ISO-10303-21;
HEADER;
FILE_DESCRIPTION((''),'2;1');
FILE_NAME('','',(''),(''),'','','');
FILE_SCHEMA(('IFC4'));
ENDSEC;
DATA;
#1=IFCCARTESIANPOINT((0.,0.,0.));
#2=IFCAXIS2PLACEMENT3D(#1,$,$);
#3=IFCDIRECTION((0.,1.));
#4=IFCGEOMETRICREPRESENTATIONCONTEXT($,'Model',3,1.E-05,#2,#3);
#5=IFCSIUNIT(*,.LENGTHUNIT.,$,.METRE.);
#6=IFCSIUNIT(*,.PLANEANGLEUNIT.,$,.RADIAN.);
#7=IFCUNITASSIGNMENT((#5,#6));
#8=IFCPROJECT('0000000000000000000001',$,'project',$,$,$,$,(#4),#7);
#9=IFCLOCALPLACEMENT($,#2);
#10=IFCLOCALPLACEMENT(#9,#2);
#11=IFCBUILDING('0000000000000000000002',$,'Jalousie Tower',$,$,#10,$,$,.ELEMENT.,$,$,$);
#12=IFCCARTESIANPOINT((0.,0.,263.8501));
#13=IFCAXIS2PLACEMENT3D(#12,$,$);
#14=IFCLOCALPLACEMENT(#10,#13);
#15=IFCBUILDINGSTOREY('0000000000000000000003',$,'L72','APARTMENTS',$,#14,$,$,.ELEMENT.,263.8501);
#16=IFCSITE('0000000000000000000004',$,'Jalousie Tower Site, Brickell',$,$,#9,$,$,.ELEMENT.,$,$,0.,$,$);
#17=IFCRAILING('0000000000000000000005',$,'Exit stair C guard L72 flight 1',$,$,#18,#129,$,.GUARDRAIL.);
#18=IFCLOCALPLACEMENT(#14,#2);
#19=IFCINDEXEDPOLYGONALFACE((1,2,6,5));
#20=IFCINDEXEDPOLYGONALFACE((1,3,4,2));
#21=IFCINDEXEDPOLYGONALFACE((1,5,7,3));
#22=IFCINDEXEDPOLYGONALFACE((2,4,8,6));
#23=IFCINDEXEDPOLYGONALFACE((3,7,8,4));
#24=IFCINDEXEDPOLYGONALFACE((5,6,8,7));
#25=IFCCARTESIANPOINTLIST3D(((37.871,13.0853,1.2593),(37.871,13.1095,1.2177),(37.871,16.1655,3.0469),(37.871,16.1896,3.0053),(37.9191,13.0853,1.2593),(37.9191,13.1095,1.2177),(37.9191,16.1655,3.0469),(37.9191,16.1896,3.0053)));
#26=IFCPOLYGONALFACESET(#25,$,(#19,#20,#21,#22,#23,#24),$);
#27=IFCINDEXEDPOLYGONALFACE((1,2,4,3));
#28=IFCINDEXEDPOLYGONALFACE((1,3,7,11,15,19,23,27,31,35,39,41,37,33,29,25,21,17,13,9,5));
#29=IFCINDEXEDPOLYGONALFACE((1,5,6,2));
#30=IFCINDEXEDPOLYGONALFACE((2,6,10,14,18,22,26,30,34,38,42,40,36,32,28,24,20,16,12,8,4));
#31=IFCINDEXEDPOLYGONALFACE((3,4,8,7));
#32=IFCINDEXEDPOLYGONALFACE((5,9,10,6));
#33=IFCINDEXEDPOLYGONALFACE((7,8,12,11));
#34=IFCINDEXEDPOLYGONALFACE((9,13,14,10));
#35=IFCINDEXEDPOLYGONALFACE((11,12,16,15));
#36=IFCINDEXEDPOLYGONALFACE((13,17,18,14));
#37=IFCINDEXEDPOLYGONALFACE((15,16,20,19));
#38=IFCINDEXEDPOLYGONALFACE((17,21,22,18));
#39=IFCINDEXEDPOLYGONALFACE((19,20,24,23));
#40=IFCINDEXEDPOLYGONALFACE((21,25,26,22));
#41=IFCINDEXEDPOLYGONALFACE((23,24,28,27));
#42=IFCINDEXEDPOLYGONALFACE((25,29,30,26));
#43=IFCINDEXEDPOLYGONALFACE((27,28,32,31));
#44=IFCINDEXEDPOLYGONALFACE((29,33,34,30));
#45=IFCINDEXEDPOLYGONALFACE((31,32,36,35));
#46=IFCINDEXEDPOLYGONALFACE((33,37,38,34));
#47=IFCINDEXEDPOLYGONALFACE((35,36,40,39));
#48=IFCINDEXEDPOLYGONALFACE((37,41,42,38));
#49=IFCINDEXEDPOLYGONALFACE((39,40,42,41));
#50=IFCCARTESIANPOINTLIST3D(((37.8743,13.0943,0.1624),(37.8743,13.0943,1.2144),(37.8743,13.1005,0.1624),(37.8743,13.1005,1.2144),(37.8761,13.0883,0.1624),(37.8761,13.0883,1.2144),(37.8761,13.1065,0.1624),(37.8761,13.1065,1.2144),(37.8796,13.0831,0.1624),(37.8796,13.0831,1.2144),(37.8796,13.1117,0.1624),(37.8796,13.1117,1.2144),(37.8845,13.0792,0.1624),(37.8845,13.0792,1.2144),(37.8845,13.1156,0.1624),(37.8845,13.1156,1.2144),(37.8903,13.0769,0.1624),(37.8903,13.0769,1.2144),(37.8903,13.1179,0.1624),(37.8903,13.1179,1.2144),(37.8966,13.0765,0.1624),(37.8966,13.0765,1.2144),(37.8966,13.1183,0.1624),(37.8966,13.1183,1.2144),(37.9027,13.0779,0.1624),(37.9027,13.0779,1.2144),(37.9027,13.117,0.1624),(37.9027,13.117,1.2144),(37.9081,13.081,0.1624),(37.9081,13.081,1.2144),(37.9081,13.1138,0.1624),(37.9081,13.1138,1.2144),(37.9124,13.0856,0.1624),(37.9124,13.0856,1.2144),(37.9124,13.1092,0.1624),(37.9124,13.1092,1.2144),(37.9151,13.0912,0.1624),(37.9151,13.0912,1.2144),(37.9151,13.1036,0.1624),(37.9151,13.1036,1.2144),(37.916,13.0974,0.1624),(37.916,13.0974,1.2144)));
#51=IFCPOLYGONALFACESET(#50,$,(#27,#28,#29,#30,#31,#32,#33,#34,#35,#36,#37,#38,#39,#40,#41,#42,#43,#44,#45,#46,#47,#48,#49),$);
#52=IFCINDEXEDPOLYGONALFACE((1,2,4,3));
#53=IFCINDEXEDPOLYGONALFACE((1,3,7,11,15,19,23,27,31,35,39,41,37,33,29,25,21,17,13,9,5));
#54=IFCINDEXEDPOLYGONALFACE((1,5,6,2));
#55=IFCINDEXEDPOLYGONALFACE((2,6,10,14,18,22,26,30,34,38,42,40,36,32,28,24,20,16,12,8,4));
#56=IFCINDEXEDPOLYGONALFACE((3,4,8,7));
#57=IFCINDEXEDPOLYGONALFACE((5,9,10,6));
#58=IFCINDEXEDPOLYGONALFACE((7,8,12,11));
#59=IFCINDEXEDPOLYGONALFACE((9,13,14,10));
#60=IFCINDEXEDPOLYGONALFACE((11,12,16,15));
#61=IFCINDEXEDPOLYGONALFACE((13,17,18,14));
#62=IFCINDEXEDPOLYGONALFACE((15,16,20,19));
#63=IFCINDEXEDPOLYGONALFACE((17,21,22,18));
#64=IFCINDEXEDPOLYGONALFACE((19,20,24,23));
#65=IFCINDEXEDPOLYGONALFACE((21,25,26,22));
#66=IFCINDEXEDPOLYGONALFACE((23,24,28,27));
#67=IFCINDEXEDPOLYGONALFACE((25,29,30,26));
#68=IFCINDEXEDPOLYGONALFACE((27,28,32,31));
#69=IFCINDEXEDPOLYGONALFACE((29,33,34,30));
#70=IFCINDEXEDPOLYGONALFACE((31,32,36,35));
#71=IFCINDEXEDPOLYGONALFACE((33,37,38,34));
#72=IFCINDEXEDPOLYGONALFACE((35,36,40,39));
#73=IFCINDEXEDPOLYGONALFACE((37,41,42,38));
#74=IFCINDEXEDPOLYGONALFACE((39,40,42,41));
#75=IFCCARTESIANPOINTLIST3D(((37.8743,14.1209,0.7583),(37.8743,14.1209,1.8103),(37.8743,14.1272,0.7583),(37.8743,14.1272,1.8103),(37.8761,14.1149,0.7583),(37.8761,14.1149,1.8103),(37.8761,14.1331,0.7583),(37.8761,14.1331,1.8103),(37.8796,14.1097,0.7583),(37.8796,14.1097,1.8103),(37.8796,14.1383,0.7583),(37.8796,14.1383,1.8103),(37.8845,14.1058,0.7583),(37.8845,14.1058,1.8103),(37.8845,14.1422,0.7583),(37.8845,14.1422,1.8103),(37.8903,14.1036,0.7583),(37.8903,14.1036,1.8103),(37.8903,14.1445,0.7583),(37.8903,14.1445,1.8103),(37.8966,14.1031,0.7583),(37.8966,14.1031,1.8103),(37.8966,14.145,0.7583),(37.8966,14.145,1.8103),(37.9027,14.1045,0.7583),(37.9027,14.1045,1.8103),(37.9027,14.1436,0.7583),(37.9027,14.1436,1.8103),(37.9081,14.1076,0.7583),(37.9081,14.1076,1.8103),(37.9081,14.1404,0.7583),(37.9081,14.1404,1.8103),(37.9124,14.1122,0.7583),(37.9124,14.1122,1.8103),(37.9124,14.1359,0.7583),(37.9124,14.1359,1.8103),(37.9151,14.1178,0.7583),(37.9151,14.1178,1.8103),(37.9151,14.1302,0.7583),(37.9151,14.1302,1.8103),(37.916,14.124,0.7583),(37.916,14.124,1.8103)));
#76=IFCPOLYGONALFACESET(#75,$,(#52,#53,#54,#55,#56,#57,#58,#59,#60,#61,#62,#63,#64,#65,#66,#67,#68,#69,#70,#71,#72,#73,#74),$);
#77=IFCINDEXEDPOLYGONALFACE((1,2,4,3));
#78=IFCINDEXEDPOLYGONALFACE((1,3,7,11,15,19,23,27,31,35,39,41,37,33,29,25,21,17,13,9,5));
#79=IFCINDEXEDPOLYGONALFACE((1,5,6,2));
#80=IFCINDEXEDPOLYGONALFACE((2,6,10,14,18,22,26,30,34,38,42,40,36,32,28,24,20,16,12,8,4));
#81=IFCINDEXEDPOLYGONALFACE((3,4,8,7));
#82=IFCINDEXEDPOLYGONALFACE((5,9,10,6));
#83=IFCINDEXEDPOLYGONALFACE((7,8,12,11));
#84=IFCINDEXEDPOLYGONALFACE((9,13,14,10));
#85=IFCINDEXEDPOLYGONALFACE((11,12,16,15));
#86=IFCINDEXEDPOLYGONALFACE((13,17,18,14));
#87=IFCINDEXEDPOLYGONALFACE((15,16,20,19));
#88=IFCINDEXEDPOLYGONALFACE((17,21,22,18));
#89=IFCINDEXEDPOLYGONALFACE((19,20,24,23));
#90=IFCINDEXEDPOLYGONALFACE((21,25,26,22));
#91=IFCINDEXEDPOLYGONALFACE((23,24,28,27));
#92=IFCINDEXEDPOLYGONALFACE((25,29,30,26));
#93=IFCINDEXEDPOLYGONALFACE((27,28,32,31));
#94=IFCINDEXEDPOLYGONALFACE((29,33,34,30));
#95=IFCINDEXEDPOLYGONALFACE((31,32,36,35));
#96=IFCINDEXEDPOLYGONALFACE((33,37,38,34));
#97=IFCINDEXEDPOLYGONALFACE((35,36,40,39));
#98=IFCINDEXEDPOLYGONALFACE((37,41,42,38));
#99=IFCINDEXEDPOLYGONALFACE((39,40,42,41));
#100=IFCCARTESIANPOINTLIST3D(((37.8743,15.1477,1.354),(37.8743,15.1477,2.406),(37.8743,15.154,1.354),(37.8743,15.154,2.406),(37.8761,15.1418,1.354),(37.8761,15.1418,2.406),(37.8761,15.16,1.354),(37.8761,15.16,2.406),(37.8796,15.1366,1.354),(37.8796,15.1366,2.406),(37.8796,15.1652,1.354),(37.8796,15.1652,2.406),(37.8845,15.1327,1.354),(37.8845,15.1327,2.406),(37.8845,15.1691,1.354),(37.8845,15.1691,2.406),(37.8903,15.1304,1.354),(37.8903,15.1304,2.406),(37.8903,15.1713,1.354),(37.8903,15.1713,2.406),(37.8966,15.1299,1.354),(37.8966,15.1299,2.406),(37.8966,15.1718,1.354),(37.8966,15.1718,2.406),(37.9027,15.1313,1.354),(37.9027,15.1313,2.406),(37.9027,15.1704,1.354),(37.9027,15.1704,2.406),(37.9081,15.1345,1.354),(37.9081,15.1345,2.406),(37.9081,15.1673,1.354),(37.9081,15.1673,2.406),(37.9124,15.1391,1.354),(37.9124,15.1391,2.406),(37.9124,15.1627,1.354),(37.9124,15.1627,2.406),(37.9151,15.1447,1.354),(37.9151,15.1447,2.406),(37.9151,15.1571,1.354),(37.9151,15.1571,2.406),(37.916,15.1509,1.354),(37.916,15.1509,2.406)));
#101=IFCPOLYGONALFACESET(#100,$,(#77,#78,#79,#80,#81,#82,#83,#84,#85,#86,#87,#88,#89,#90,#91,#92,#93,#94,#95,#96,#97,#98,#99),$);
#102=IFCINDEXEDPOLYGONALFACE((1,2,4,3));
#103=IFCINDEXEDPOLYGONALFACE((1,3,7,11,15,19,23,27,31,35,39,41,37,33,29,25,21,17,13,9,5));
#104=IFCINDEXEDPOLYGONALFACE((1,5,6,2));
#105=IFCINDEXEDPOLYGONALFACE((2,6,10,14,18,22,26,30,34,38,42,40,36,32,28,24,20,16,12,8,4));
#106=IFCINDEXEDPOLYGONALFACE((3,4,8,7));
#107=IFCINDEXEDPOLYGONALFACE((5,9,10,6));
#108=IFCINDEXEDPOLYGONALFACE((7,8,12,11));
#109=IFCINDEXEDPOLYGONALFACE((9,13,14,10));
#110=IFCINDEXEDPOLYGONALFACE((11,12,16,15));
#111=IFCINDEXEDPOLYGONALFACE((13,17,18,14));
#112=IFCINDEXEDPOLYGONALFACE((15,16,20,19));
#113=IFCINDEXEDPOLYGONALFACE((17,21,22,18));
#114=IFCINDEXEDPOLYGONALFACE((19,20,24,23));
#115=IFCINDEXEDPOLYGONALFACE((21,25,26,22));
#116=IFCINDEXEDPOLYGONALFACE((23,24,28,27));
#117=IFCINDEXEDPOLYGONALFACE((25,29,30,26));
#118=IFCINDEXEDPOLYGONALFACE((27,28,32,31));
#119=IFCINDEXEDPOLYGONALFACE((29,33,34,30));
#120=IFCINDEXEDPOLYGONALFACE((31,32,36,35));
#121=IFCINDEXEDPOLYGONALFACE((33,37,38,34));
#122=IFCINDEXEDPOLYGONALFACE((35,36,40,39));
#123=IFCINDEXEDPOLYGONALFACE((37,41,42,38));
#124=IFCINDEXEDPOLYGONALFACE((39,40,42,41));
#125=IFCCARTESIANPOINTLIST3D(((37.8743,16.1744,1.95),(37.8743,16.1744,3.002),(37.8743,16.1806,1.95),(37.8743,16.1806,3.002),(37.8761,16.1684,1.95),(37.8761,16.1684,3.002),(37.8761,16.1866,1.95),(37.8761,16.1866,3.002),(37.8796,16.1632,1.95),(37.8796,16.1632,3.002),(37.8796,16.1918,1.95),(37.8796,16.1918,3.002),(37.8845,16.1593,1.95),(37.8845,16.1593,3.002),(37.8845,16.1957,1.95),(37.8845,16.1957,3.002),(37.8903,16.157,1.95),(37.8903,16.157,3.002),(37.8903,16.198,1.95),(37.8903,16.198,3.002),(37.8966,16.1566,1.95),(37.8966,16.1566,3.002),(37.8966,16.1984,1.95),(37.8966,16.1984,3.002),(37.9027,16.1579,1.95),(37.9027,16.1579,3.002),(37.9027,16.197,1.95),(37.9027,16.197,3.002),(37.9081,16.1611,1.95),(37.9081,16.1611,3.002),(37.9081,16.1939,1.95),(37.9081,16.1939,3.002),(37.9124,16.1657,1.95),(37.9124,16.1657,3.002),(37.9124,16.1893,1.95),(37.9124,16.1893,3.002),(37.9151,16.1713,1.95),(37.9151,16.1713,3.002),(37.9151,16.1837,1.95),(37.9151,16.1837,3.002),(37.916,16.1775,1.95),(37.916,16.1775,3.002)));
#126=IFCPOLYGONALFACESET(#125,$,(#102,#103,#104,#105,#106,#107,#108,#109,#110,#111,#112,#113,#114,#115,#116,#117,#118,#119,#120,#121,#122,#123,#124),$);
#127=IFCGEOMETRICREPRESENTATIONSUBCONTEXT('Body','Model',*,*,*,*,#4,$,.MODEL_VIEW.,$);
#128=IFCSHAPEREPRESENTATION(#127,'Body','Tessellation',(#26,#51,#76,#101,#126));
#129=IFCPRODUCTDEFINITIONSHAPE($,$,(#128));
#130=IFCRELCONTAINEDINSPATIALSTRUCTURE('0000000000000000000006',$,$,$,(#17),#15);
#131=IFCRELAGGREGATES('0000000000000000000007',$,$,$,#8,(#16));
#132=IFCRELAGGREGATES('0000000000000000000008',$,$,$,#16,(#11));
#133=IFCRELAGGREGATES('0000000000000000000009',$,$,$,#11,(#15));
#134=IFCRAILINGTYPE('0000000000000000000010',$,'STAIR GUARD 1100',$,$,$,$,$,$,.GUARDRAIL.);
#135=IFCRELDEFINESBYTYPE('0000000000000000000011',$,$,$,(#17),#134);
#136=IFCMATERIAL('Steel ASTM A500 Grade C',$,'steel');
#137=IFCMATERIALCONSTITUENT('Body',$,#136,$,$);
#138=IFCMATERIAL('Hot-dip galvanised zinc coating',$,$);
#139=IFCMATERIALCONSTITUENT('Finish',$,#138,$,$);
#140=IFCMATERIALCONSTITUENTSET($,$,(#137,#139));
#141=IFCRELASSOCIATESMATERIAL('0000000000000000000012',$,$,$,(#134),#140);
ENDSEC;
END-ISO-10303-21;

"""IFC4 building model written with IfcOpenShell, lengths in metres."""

from ifc_helpers import new_model, si_unit, direction, frame, origin, origin_2d, place, context, subcontext, project, spatial, rectangle, circle, extrude, material, constituent, constituent_set, type_object, element, save


model = new_model("IFC4")

# Units and contexts
model_context = context("Model", 3, precision=1e-05, world=origin(), true_north=direction((0.0, 1.0)))
body_context = subcontext(model_context, "Body", "Model", "MODEL_VIEW")
ifc_project = project(units=[si_unit("LENGTHUNIT", "METRE"), si_unit("PLANEANGLEUNIT", "RADIAN")], contexts=[model_context])

# Site, building, storey
site_placement = place(None, origin())
site = spatial("IfcSite", under=ifc_project, at=site_placement, Name="Jalousie Tower Site, Brickell", CompositionType="ELEMENT", RefElevation=0.0)
building_placement = place(site_placement, origin())
building = spatial("IfcBuilding", under=site, at=building_placement, Name="Jalousie Tower", CompositionType="ELEMENT")
storey_placement = place(building_placement, frame((0.0, 0.0, 263.8501)))
storey = spatial("IfcBuildingStorey", under=building, at=storey_placement, Name="L72", Description="APARTMENTS", CompositionType="ELEMENT", Elevation=263.8501)

# Railing
ifc_material_1 = material(Name="Steel ASTM A500 Grade C", Category="steel")
ifc_constituent_1 = constituent(ifc_material_1, Name="Body")
ifc_material_2 = material(Name="Hot-dip galvanised zinc coating")
ifc_constituent_2 = constituent(ifc_material_2, Name="Finish")
ifc_constituent_set_1 = constituent_set(constituents=[ifc_constituent_1, ifc_constituent_2])
railing_type_1 = type_object("IfcRailingType", Name="STAIR GUARD 1100", PredefinedType="GUARDRAIL", material=ifc_constituent_set_1)
railing_1_placement = place(storey_placement, frame((37.895, 13.0974, 0.1624)))
element("IfcRailing", 1, at=railing_1_placement, inside=storey, type_object=railing_type_1, Name="Exit stair C guard L72 flight 1", PredefinedType="GUARDRAIL", context=body_context, shape_type="SweptSolid", body=[
    extrude(rectangle(XDim=0.0481, YDim=0.0481, at=origin_2d()), frame((0.0, 0.0, 1.0762), z_axis=(0.0, 0.864891, 0.50196), x_axis=(-1.0, 0.0, 0.0)), (0.0, 0.0, 1.0), 3.5613),
    extrude(circle(Radius=0.021, at=origin_2d()), origin(), (0.0, 0.0, 1.0), 1.052),
    extrude(circle(Radius=0.021, at=origin_2d()), frame((0.0, 1.0266, 0.5959)), (0.0, 0.0, 1.0), 1.052),
    extrude(circle(Radius=0.021, at=origin_2d()), frame((0.0, 2.0535, 1.1917)), (0.0, 0.0, 1.0), 1.052),
    extrude(circle(Radius=0.021, at=origin_2d()), frame((0.0, 3.0801, 1.7876)), (0.0, 0.0, 1.0), 1.052),
])

save(model, "model.ifc")
